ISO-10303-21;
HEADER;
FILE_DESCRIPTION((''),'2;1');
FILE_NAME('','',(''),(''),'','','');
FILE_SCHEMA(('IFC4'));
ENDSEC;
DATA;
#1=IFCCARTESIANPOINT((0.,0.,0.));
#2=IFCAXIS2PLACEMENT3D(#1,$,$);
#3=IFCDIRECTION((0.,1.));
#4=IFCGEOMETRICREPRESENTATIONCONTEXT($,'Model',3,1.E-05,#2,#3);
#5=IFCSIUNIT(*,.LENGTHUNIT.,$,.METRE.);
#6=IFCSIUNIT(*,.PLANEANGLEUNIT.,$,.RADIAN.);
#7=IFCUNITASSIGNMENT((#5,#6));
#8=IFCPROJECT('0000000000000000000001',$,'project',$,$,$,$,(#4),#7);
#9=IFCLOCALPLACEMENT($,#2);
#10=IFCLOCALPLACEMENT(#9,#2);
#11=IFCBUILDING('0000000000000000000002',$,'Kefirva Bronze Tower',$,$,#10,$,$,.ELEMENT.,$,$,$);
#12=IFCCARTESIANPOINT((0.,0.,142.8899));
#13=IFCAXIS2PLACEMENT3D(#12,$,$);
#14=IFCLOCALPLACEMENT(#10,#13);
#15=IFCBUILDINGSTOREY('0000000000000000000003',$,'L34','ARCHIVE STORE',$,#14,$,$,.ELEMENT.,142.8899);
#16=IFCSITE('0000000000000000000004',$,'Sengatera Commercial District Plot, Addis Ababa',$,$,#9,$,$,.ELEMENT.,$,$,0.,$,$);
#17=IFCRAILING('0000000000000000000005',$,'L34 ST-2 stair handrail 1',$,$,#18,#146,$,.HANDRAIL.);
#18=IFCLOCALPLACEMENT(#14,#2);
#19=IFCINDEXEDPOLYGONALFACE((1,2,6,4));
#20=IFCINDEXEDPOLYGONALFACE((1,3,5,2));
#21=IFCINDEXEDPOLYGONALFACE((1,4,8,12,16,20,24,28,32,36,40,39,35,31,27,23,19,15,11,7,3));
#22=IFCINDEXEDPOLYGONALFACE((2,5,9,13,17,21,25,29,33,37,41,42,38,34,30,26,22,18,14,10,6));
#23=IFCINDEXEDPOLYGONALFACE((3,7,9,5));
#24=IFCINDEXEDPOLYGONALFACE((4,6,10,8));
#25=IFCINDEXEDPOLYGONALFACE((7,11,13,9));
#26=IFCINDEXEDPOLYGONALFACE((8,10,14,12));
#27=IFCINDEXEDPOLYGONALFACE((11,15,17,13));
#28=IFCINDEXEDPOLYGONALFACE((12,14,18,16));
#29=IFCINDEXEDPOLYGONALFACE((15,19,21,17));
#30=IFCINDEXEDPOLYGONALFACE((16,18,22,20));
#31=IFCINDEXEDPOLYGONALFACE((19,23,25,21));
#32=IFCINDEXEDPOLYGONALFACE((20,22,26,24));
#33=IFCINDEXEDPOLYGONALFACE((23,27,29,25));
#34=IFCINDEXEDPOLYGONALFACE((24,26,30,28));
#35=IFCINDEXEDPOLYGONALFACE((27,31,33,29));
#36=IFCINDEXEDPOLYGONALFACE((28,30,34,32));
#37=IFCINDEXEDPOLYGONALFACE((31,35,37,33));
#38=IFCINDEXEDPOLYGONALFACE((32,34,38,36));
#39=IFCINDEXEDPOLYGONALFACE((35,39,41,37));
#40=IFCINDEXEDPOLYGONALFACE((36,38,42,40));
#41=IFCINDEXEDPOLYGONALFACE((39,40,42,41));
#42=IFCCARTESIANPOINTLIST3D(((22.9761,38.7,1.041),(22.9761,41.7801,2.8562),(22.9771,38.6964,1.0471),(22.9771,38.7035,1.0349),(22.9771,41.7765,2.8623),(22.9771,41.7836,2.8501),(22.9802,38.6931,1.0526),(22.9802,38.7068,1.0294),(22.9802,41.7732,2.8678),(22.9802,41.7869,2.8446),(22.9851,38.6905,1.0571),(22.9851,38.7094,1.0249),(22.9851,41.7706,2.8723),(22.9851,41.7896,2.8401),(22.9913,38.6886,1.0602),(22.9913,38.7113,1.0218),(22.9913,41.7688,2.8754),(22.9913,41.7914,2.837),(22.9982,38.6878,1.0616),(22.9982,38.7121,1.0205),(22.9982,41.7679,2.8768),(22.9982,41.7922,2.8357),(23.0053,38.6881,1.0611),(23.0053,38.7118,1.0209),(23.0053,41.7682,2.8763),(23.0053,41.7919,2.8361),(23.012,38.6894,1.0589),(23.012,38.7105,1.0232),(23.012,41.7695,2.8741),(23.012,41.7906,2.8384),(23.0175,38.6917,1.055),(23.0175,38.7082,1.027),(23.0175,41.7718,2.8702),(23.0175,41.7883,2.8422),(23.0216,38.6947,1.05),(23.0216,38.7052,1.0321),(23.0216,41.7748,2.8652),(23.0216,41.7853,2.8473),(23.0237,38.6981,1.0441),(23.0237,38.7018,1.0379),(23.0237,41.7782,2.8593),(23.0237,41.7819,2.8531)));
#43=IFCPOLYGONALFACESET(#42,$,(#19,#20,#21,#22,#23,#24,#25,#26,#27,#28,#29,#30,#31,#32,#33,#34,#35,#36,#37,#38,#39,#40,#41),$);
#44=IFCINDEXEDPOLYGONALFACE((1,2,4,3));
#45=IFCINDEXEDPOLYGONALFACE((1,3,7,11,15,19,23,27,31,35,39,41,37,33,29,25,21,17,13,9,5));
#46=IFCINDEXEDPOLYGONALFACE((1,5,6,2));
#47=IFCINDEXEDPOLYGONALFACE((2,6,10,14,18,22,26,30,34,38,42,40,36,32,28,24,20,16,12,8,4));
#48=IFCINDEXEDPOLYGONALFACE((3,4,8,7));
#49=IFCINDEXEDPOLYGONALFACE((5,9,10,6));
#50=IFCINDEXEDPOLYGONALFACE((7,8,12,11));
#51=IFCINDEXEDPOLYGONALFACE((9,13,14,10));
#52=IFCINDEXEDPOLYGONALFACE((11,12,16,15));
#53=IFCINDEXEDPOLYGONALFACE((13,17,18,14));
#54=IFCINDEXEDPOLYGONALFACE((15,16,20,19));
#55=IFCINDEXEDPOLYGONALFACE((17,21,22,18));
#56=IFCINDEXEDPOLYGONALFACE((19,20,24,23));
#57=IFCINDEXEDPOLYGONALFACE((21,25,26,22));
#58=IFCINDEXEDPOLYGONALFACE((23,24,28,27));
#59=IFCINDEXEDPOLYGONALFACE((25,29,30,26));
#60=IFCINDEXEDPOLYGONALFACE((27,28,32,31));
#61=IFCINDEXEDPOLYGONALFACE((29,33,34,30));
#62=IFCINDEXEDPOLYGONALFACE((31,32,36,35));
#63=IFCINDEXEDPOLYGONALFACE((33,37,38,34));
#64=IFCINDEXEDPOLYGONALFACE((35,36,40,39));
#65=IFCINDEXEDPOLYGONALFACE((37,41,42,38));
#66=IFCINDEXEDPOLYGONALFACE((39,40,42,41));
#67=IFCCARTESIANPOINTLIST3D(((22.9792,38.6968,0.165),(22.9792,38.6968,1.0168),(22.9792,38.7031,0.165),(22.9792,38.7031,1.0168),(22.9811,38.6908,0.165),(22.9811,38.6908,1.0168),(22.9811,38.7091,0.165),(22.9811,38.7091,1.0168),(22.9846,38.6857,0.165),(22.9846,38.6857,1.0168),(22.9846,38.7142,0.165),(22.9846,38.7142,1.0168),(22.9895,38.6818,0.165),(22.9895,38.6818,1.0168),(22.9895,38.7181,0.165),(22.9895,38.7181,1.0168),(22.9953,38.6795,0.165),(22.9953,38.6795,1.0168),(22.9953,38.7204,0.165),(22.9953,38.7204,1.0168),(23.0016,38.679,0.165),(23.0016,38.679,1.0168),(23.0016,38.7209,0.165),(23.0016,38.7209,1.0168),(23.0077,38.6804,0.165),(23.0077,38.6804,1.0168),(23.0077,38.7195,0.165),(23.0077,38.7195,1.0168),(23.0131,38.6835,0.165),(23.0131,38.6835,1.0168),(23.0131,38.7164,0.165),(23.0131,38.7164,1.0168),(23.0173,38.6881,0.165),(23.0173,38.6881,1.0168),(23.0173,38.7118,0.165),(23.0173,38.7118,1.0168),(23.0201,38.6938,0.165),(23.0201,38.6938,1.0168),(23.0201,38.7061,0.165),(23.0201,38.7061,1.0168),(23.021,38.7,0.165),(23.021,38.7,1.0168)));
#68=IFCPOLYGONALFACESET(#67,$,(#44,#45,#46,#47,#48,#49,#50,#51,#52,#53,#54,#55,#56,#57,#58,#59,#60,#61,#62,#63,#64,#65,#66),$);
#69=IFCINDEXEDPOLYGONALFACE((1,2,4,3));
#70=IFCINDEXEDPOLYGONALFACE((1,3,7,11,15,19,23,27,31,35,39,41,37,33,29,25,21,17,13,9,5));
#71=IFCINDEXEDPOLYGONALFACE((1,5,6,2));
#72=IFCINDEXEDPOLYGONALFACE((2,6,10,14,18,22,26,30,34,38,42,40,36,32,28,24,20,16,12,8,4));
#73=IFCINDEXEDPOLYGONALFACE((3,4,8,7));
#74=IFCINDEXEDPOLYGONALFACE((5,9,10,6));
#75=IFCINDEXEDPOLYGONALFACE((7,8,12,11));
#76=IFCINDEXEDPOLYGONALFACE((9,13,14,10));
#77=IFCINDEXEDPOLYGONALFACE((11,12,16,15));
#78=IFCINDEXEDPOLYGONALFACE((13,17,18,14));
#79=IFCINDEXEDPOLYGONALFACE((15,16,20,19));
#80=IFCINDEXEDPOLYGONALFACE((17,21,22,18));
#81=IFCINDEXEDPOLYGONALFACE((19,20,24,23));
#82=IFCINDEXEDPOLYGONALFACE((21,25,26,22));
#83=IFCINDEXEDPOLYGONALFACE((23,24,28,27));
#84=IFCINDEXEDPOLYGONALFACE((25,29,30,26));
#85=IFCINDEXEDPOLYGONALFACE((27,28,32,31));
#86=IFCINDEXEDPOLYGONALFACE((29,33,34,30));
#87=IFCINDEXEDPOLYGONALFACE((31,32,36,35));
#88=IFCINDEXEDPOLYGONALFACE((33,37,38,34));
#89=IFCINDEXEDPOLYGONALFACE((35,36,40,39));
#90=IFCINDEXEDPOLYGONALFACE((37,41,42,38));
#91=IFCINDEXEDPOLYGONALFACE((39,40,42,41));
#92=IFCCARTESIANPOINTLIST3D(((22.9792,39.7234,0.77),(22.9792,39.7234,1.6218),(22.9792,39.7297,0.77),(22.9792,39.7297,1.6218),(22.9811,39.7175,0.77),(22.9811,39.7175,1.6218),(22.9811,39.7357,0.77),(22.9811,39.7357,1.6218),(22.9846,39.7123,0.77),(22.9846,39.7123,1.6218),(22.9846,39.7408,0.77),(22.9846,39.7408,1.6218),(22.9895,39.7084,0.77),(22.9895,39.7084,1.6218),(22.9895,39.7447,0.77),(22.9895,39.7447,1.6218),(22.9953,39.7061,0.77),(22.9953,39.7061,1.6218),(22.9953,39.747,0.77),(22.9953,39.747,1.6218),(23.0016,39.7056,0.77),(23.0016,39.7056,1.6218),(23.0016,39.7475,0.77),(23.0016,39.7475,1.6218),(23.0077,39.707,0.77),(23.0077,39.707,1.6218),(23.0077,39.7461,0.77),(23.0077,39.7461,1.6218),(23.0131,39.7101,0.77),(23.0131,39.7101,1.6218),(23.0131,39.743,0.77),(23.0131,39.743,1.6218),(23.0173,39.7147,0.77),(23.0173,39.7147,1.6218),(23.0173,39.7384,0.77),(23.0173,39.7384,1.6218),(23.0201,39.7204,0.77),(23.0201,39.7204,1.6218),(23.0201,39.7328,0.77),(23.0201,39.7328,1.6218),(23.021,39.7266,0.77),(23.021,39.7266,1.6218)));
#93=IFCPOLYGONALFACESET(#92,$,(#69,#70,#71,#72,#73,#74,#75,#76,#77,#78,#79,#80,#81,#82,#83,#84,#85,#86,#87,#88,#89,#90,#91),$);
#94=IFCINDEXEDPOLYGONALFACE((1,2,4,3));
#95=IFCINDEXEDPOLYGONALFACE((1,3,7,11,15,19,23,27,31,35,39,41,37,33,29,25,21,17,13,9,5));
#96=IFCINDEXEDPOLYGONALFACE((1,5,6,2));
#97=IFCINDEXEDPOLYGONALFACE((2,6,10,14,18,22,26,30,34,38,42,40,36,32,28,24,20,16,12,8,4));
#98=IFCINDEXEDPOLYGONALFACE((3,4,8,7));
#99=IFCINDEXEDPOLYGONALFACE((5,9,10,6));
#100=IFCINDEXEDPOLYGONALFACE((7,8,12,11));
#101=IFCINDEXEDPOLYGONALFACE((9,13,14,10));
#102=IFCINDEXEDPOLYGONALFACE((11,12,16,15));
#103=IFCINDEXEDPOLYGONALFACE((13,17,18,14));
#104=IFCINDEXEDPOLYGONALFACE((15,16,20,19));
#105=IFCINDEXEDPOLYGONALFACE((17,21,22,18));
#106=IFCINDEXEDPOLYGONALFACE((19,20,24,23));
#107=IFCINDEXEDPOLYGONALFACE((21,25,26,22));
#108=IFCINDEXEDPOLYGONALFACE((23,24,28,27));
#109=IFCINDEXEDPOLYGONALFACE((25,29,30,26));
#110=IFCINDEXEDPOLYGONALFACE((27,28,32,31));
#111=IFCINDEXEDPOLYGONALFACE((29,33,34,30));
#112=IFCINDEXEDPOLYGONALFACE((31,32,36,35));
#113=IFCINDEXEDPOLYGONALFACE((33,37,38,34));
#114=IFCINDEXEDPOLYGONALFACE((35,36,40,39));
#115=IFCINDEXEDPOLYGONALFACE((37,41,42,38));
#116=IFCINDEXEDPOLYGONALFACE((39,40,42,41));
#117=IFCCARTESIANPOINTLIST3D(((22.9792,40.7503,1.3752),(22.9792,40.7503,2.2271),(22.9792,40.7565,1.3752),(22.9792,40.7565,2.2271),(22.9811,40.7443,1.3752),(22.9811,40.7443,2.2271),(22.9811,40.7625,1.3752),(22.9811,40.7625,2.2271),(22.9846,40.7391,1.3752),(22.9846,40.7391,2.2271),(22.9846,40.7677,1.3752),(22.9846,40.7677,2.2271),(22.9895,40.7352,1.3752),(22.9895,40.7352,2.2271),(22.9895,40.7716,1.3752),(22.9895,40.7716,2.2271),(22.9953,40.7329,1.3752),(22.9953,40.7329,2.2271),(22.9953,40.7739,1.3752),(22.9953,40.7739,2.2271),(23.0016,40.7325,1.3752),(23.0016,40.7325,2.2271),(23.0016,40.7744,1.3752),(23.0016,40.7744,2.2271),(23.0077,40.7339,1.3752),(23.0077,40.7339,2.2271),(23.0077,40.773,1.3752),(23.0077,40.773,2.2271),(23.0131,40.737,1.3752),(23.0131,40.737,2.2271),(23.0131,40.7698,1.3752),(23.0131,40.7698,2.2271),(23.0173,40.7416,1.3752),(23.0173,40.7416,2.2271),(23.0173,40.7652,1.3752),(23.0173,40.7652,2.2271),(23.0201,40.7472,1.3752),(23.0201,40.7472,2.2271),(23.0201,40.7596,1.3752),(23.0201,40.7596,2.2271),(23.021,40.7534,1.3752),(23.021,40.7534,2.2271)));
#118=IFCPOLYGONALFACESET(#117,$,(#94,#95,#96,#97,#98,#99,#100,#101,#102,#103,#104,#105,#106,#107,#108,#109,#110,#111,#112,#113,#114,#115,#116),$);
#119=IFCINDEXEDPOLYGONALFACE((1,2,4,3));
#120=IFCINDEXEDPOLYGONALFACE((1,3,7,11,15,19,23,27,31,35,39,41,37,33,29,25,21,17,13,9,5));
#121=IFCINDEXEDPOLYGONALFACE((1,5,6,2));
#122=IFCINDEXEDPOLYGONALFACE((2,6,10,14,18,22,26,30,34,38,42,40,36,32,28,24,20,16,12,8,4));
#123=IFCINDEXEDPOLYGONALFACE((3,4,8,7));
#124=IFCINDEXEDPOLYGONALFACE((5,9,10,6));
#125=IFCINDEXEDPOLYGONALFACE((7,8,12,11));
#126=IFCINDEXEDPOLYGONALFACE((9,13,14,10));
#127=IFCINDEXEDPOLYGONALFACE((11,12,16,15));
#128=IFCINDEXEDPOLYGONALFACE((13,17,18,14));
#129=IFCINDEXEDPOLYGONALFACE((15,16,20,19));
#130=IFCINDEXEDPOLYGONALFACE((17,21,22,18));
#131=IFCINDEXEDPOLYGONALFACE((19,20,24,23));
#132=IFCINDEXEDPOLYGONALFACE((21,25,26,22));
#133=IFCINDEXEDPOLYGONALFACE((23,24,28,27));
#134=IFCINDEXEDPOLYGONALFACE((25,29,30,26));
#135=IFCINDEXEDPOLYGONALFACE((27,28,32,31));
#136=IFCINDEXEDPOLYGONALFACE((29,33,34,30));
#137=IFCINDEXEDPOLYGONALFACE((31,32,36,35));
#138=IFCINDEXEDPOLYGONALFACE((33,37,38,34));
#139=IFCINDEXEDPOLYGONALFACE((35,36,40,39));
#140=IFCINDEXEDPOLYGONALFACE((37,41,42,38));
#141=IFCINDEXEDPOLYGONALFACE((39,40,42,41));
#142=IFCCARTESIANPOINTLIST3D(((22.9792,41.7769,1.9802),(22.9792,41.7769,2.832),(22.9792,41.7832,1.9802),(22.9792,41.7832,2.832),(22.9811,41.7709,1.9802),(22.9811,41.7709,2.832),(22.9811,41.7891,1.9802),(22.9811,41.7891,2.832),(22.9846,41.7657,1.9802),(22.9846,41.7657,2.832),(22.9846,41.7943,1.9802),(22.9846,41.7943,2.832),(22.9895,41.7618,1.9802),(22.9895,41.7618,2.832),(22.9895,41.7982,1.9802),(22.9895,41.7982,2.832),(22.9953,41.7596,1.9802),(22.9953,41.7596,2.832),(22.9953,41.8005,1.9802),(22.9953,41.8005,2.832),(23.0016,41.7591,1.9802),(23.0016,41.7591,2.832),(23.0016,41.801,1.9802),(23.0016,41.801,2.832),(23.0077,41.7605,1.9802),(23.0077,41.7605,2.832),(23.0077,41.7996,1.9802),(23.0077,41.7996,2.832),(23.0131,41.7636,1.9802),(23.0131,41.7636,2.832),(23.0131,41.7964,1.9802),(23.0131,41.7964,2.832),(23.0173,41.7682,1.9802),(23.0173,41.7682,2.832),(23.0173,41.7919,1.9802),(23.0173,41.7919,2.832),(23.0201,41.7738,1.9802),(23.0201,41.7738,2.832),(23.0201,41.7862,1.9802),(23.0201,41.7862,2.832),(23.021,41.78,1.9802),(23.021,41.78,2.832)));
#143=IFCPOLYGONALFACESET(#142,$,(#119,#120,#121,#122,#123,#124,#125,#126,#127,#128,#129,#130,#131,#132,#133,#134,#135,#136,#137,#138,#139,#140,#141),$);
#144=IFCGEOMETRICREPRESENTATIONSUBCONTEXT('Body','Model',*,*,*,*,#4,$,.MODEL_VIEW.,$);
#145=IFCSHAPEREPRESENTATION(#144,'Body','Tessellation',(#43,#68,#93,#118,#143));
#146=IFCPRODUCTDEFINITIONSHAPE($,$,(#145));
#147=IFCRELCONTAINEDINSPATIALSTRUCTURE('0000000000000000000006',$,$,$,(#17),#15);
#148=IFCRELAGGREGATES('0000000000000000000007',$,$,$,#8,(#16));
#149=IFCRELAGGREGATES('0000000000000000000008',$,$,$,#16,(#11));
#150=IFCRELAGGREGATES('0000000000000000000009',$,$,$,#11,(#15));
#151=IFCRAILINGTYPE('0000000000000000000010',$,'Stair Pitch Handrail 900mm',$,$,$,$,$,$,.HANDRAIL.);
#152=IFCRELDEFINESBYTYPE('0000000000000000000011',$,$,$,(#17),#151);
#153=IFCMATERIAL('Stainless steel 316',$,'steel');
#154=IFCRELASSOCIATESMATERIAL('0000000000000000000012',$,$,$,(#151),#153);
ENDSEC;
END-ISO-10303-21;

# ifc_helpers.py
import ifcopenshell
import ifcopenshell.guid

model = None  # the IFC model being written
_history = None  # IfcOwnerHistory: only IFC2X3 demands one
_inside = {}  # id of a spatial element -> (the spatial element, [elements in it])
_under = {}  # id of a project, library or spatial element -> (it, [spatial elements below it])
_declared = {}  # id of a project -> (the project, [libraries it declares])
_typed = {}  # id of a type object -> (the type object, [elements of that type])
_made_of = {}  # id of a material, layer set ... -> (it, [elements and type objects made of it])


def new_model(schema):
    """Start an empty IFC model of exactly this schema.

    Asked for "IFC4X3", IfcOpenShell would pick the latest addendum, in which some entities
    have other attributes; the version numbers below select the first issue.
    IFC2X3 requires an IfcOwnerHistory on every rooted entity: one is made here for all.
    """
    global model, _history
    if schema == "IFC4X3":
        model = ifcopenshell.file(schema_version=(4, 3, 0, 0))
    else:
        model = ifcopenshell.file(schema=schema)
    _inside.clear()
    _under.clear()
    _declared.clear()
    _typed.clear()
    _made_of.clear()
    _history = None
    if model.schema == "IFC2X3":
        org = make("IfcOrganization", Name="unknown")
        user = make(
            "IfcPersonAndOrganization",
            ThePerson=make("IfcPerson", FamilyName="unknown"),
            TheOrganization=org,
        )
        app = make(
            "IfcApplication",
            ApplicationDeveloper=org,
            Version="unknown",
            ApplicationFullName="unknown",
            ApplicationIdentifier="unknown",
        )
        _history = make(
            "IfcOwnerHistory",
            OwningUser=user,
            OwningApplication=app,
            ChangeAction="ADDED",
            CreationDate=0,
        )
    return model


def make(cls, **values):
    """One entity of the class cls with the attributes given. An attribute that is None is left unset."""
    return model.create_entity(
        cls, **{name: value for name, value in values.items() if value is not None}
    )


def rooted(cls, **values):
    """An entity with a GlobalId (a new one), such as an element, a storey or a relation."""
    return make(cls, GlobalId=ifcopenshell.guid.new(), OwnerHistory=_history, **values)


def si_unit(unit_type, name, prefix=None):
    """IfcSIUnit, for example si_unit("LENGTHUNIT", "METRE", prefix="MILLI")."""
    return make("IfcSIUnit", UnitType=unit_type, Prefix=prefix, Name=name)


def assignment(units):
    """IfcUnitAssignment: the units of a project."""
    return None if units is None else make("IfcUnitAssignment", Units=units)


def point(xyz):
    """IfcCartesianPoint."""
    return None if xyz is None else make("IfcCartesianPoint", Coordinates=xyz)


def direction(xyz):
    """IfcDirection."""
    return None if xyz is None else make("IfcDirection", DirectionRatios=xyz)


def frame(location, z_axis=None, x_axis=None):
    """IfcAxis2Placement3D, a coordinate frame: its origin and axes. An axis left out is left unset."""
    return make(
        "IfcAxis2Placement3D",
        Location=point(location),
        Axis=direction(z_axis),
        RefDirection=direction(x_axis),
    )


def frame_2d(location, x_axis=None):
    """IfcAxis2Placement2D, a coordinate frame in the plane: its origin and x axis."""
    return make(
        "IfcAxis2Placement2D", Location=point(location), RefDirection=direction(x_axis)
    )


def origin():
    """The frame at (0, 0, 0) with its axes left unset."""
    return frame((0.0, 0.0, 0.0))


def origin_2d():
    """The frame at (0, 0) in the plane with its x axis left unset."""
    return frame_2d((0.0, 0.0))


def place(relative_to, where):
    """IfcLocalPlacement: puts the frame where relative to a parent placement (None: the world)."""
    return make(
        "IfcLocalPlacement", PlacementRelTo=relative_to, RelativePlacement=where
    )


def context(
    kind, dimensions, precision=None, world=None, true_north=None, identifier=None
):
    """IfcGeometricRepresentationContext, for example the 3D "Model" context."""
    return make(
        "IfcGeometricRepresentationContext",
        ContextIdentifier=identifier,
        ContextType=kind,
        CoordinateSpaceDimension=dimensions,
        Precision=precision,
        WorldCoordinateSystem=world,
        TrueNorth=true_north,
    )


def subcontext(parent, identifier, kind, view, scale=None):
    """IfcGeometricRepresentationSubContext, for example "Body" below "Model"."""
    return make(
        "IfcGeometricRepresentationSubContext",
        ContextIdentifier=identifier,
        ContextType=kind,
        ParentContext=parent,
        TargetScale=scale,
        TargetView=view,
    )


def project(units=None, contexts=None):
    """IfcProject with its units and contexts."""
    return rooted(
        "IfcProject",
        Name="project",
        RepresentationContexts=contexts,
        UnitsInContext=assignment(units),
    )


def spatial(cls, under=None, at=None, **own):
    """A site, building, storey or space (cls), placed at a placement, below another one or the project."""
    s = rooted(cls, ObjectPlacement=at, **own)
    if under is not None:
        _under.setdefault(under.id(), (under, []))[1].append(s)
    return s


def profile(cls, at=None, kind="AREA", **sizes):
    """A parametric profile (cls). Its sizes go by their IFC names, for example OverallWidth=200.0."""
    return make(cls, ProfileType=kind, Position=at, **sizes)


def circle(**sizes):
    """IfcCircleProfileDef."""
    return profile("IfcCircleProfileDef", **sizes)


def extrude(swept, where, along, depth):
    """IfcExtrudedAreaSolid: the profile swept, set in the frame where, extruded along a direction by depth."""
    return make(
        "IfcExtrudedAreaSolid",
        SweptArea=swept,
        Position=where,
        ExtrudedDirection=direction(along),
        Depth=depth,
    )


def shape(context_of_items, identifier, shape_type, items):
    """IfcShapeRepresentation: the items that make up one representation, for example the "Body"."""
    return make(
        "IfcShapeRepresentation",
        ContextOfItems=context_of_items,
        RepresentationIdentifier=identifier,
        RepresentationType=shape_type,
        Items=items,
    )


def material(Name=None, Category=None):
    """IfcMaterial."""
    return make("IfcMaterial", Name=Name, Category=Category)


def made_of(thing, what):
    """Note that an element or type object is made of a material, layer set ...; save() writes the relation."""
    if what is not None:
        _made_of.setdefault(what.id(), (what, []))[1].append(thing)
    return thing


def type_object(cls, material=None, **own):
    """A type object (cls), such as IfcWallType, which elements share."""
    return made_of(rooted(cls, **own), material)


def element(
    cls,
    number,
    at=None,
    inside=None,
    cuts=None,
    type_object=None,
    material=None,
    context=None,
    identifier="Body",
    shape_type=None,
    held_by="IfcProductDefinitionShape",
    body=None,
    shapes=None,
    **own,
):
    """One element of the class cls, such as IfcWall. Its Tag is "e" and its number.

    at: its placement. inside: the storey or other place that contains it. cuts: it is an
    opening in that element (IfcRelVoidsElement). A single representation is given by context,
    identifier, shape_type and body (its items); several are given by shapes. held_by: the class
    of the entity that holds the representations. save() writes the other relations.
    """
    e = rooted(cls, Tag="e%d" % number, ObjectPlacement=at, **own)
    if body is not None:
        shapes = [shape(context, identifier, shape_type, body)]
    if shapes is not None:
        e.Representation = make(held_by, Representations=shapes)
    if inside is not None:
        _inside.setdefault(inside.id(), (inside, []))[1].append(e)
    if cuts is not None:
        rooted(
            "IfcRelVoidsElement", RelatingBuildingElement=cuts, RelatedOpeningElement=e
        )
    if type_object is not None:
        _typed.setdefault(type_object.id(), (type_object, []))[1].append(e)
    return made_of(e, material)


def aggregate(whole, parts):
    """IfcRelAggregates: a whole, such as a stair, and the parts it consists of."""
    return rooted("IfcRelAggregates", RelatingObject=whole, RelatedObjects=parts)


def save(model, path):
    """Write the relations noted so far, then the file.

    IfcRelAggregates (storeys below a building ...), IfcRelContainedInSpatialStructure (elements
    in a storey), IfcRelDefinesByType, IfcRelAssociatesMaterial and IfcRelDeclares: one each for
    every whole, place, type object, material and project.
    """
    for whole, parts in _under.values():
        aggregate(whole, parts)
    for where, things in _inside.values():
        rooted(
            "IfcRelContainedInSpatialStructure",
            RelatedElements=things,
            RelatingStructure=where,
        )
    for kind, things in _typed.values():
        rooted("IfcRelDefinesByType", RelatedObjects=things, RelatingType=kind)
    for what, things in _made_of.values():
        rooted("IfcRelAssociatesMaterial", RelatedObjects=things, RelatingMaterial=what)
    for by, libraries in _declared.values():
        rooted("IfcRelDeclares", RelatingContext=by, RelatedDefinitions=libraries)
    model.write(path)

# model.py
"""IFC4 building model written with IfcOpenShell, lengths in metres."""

from ifc_helpers import new_model, si_unit, direction, frame, origin, origin_2d, place, context, subcontext, project, spatial, circle, extrude, material, type_object, element, save


model = new_model("IFC4")

# Units and contexts
model_context = context("Model", 3, precision=1e-05, world=origin(), true_north=direction((0.0, 1.0)))
body_context = subcontext(model_context, "Body", "Model", "MODEL_VIEW")
ifc_project = project(units=[si_unit("LENGTHUNIT", "METRE"), si_unit("PLANEANGLEUNIT", "RADIAN")], contexts=[model_context])

# Site, building, storey
site_placement = place(None, origin())
site = spatial("IfcSite", under=ifc_project, at=site_placement, Name="Sengatera Commercial District Plot, Addis Ababa", CompositionType="ELEMENT", RefElevation=0.0)
building_placement = place(site_placement, origin())
building = spatial("IfcBuilding", under=site, at=building_placement, Name="Kefirva Bronze Tower", CompositionType="ELEMENT")
storey_placement = place(building_placement, frame((0.0, 0.0, 142.8899)))
storey = spatial("IfcBuildingStorey", under=building, at=storey_placement, Name="L34", Description="ARCHIVE STORE", CompositionType="ELEMENT", Elevation=142.8899)

# Railing
ifc_material_1 = material(Name="Stainless steel 316", Category="steel")
railing_type_1 = type_object("IfcRailingType", Name="Stair Pitch Handrail 900mm", PredefinedType="HANDRAIL", material=ifc_material_1)
railing_1_placement = place(storey_placement, frame((23.0, 38.7, 0.165)))
element("IfcRailing", 1, at=railing_1_placement, inside=storey, type_object=railing_type_1, Name="L34 ST-2 stair handrail 1", PredefinedType="HANDRAIL", context=body_context, shape_type="SweptSolid", body=[
    extrude(circle(Radius=0.0239, at=origin_2d()), frame((0.0, 0.0, 0.876), z_axis=(0.0, 0.861521, 0.507721), x_axis=(-1.0, 0.0, 0.0)), (0.0, 0.0, 1.0), 3.5752),
    extrude(circle(Radius=0.021, at=origin_2d()), origin(), (0.0, 0.0, 1.0), 0.8518),
    extrude(circle(Radius=0.021, at=origin_2d()), frame((0.0, 1.0266, 0.605)), (0.0, 0.0, 1.0), 0.8518),
    extrude(circle(Radius=0.021, at=origin_2d()), frame((0.0, 2.0535, 1.2102)), (0.0, 0.0, 1.0), 0.8518),
    extrude(circle(Radius=0.021, at=origin_2d()), frame((0.0, 3.0801, 1.8152)), (0.0, 0.0, 1.0), 0.8518),
])

save(model, "model.ifc")
